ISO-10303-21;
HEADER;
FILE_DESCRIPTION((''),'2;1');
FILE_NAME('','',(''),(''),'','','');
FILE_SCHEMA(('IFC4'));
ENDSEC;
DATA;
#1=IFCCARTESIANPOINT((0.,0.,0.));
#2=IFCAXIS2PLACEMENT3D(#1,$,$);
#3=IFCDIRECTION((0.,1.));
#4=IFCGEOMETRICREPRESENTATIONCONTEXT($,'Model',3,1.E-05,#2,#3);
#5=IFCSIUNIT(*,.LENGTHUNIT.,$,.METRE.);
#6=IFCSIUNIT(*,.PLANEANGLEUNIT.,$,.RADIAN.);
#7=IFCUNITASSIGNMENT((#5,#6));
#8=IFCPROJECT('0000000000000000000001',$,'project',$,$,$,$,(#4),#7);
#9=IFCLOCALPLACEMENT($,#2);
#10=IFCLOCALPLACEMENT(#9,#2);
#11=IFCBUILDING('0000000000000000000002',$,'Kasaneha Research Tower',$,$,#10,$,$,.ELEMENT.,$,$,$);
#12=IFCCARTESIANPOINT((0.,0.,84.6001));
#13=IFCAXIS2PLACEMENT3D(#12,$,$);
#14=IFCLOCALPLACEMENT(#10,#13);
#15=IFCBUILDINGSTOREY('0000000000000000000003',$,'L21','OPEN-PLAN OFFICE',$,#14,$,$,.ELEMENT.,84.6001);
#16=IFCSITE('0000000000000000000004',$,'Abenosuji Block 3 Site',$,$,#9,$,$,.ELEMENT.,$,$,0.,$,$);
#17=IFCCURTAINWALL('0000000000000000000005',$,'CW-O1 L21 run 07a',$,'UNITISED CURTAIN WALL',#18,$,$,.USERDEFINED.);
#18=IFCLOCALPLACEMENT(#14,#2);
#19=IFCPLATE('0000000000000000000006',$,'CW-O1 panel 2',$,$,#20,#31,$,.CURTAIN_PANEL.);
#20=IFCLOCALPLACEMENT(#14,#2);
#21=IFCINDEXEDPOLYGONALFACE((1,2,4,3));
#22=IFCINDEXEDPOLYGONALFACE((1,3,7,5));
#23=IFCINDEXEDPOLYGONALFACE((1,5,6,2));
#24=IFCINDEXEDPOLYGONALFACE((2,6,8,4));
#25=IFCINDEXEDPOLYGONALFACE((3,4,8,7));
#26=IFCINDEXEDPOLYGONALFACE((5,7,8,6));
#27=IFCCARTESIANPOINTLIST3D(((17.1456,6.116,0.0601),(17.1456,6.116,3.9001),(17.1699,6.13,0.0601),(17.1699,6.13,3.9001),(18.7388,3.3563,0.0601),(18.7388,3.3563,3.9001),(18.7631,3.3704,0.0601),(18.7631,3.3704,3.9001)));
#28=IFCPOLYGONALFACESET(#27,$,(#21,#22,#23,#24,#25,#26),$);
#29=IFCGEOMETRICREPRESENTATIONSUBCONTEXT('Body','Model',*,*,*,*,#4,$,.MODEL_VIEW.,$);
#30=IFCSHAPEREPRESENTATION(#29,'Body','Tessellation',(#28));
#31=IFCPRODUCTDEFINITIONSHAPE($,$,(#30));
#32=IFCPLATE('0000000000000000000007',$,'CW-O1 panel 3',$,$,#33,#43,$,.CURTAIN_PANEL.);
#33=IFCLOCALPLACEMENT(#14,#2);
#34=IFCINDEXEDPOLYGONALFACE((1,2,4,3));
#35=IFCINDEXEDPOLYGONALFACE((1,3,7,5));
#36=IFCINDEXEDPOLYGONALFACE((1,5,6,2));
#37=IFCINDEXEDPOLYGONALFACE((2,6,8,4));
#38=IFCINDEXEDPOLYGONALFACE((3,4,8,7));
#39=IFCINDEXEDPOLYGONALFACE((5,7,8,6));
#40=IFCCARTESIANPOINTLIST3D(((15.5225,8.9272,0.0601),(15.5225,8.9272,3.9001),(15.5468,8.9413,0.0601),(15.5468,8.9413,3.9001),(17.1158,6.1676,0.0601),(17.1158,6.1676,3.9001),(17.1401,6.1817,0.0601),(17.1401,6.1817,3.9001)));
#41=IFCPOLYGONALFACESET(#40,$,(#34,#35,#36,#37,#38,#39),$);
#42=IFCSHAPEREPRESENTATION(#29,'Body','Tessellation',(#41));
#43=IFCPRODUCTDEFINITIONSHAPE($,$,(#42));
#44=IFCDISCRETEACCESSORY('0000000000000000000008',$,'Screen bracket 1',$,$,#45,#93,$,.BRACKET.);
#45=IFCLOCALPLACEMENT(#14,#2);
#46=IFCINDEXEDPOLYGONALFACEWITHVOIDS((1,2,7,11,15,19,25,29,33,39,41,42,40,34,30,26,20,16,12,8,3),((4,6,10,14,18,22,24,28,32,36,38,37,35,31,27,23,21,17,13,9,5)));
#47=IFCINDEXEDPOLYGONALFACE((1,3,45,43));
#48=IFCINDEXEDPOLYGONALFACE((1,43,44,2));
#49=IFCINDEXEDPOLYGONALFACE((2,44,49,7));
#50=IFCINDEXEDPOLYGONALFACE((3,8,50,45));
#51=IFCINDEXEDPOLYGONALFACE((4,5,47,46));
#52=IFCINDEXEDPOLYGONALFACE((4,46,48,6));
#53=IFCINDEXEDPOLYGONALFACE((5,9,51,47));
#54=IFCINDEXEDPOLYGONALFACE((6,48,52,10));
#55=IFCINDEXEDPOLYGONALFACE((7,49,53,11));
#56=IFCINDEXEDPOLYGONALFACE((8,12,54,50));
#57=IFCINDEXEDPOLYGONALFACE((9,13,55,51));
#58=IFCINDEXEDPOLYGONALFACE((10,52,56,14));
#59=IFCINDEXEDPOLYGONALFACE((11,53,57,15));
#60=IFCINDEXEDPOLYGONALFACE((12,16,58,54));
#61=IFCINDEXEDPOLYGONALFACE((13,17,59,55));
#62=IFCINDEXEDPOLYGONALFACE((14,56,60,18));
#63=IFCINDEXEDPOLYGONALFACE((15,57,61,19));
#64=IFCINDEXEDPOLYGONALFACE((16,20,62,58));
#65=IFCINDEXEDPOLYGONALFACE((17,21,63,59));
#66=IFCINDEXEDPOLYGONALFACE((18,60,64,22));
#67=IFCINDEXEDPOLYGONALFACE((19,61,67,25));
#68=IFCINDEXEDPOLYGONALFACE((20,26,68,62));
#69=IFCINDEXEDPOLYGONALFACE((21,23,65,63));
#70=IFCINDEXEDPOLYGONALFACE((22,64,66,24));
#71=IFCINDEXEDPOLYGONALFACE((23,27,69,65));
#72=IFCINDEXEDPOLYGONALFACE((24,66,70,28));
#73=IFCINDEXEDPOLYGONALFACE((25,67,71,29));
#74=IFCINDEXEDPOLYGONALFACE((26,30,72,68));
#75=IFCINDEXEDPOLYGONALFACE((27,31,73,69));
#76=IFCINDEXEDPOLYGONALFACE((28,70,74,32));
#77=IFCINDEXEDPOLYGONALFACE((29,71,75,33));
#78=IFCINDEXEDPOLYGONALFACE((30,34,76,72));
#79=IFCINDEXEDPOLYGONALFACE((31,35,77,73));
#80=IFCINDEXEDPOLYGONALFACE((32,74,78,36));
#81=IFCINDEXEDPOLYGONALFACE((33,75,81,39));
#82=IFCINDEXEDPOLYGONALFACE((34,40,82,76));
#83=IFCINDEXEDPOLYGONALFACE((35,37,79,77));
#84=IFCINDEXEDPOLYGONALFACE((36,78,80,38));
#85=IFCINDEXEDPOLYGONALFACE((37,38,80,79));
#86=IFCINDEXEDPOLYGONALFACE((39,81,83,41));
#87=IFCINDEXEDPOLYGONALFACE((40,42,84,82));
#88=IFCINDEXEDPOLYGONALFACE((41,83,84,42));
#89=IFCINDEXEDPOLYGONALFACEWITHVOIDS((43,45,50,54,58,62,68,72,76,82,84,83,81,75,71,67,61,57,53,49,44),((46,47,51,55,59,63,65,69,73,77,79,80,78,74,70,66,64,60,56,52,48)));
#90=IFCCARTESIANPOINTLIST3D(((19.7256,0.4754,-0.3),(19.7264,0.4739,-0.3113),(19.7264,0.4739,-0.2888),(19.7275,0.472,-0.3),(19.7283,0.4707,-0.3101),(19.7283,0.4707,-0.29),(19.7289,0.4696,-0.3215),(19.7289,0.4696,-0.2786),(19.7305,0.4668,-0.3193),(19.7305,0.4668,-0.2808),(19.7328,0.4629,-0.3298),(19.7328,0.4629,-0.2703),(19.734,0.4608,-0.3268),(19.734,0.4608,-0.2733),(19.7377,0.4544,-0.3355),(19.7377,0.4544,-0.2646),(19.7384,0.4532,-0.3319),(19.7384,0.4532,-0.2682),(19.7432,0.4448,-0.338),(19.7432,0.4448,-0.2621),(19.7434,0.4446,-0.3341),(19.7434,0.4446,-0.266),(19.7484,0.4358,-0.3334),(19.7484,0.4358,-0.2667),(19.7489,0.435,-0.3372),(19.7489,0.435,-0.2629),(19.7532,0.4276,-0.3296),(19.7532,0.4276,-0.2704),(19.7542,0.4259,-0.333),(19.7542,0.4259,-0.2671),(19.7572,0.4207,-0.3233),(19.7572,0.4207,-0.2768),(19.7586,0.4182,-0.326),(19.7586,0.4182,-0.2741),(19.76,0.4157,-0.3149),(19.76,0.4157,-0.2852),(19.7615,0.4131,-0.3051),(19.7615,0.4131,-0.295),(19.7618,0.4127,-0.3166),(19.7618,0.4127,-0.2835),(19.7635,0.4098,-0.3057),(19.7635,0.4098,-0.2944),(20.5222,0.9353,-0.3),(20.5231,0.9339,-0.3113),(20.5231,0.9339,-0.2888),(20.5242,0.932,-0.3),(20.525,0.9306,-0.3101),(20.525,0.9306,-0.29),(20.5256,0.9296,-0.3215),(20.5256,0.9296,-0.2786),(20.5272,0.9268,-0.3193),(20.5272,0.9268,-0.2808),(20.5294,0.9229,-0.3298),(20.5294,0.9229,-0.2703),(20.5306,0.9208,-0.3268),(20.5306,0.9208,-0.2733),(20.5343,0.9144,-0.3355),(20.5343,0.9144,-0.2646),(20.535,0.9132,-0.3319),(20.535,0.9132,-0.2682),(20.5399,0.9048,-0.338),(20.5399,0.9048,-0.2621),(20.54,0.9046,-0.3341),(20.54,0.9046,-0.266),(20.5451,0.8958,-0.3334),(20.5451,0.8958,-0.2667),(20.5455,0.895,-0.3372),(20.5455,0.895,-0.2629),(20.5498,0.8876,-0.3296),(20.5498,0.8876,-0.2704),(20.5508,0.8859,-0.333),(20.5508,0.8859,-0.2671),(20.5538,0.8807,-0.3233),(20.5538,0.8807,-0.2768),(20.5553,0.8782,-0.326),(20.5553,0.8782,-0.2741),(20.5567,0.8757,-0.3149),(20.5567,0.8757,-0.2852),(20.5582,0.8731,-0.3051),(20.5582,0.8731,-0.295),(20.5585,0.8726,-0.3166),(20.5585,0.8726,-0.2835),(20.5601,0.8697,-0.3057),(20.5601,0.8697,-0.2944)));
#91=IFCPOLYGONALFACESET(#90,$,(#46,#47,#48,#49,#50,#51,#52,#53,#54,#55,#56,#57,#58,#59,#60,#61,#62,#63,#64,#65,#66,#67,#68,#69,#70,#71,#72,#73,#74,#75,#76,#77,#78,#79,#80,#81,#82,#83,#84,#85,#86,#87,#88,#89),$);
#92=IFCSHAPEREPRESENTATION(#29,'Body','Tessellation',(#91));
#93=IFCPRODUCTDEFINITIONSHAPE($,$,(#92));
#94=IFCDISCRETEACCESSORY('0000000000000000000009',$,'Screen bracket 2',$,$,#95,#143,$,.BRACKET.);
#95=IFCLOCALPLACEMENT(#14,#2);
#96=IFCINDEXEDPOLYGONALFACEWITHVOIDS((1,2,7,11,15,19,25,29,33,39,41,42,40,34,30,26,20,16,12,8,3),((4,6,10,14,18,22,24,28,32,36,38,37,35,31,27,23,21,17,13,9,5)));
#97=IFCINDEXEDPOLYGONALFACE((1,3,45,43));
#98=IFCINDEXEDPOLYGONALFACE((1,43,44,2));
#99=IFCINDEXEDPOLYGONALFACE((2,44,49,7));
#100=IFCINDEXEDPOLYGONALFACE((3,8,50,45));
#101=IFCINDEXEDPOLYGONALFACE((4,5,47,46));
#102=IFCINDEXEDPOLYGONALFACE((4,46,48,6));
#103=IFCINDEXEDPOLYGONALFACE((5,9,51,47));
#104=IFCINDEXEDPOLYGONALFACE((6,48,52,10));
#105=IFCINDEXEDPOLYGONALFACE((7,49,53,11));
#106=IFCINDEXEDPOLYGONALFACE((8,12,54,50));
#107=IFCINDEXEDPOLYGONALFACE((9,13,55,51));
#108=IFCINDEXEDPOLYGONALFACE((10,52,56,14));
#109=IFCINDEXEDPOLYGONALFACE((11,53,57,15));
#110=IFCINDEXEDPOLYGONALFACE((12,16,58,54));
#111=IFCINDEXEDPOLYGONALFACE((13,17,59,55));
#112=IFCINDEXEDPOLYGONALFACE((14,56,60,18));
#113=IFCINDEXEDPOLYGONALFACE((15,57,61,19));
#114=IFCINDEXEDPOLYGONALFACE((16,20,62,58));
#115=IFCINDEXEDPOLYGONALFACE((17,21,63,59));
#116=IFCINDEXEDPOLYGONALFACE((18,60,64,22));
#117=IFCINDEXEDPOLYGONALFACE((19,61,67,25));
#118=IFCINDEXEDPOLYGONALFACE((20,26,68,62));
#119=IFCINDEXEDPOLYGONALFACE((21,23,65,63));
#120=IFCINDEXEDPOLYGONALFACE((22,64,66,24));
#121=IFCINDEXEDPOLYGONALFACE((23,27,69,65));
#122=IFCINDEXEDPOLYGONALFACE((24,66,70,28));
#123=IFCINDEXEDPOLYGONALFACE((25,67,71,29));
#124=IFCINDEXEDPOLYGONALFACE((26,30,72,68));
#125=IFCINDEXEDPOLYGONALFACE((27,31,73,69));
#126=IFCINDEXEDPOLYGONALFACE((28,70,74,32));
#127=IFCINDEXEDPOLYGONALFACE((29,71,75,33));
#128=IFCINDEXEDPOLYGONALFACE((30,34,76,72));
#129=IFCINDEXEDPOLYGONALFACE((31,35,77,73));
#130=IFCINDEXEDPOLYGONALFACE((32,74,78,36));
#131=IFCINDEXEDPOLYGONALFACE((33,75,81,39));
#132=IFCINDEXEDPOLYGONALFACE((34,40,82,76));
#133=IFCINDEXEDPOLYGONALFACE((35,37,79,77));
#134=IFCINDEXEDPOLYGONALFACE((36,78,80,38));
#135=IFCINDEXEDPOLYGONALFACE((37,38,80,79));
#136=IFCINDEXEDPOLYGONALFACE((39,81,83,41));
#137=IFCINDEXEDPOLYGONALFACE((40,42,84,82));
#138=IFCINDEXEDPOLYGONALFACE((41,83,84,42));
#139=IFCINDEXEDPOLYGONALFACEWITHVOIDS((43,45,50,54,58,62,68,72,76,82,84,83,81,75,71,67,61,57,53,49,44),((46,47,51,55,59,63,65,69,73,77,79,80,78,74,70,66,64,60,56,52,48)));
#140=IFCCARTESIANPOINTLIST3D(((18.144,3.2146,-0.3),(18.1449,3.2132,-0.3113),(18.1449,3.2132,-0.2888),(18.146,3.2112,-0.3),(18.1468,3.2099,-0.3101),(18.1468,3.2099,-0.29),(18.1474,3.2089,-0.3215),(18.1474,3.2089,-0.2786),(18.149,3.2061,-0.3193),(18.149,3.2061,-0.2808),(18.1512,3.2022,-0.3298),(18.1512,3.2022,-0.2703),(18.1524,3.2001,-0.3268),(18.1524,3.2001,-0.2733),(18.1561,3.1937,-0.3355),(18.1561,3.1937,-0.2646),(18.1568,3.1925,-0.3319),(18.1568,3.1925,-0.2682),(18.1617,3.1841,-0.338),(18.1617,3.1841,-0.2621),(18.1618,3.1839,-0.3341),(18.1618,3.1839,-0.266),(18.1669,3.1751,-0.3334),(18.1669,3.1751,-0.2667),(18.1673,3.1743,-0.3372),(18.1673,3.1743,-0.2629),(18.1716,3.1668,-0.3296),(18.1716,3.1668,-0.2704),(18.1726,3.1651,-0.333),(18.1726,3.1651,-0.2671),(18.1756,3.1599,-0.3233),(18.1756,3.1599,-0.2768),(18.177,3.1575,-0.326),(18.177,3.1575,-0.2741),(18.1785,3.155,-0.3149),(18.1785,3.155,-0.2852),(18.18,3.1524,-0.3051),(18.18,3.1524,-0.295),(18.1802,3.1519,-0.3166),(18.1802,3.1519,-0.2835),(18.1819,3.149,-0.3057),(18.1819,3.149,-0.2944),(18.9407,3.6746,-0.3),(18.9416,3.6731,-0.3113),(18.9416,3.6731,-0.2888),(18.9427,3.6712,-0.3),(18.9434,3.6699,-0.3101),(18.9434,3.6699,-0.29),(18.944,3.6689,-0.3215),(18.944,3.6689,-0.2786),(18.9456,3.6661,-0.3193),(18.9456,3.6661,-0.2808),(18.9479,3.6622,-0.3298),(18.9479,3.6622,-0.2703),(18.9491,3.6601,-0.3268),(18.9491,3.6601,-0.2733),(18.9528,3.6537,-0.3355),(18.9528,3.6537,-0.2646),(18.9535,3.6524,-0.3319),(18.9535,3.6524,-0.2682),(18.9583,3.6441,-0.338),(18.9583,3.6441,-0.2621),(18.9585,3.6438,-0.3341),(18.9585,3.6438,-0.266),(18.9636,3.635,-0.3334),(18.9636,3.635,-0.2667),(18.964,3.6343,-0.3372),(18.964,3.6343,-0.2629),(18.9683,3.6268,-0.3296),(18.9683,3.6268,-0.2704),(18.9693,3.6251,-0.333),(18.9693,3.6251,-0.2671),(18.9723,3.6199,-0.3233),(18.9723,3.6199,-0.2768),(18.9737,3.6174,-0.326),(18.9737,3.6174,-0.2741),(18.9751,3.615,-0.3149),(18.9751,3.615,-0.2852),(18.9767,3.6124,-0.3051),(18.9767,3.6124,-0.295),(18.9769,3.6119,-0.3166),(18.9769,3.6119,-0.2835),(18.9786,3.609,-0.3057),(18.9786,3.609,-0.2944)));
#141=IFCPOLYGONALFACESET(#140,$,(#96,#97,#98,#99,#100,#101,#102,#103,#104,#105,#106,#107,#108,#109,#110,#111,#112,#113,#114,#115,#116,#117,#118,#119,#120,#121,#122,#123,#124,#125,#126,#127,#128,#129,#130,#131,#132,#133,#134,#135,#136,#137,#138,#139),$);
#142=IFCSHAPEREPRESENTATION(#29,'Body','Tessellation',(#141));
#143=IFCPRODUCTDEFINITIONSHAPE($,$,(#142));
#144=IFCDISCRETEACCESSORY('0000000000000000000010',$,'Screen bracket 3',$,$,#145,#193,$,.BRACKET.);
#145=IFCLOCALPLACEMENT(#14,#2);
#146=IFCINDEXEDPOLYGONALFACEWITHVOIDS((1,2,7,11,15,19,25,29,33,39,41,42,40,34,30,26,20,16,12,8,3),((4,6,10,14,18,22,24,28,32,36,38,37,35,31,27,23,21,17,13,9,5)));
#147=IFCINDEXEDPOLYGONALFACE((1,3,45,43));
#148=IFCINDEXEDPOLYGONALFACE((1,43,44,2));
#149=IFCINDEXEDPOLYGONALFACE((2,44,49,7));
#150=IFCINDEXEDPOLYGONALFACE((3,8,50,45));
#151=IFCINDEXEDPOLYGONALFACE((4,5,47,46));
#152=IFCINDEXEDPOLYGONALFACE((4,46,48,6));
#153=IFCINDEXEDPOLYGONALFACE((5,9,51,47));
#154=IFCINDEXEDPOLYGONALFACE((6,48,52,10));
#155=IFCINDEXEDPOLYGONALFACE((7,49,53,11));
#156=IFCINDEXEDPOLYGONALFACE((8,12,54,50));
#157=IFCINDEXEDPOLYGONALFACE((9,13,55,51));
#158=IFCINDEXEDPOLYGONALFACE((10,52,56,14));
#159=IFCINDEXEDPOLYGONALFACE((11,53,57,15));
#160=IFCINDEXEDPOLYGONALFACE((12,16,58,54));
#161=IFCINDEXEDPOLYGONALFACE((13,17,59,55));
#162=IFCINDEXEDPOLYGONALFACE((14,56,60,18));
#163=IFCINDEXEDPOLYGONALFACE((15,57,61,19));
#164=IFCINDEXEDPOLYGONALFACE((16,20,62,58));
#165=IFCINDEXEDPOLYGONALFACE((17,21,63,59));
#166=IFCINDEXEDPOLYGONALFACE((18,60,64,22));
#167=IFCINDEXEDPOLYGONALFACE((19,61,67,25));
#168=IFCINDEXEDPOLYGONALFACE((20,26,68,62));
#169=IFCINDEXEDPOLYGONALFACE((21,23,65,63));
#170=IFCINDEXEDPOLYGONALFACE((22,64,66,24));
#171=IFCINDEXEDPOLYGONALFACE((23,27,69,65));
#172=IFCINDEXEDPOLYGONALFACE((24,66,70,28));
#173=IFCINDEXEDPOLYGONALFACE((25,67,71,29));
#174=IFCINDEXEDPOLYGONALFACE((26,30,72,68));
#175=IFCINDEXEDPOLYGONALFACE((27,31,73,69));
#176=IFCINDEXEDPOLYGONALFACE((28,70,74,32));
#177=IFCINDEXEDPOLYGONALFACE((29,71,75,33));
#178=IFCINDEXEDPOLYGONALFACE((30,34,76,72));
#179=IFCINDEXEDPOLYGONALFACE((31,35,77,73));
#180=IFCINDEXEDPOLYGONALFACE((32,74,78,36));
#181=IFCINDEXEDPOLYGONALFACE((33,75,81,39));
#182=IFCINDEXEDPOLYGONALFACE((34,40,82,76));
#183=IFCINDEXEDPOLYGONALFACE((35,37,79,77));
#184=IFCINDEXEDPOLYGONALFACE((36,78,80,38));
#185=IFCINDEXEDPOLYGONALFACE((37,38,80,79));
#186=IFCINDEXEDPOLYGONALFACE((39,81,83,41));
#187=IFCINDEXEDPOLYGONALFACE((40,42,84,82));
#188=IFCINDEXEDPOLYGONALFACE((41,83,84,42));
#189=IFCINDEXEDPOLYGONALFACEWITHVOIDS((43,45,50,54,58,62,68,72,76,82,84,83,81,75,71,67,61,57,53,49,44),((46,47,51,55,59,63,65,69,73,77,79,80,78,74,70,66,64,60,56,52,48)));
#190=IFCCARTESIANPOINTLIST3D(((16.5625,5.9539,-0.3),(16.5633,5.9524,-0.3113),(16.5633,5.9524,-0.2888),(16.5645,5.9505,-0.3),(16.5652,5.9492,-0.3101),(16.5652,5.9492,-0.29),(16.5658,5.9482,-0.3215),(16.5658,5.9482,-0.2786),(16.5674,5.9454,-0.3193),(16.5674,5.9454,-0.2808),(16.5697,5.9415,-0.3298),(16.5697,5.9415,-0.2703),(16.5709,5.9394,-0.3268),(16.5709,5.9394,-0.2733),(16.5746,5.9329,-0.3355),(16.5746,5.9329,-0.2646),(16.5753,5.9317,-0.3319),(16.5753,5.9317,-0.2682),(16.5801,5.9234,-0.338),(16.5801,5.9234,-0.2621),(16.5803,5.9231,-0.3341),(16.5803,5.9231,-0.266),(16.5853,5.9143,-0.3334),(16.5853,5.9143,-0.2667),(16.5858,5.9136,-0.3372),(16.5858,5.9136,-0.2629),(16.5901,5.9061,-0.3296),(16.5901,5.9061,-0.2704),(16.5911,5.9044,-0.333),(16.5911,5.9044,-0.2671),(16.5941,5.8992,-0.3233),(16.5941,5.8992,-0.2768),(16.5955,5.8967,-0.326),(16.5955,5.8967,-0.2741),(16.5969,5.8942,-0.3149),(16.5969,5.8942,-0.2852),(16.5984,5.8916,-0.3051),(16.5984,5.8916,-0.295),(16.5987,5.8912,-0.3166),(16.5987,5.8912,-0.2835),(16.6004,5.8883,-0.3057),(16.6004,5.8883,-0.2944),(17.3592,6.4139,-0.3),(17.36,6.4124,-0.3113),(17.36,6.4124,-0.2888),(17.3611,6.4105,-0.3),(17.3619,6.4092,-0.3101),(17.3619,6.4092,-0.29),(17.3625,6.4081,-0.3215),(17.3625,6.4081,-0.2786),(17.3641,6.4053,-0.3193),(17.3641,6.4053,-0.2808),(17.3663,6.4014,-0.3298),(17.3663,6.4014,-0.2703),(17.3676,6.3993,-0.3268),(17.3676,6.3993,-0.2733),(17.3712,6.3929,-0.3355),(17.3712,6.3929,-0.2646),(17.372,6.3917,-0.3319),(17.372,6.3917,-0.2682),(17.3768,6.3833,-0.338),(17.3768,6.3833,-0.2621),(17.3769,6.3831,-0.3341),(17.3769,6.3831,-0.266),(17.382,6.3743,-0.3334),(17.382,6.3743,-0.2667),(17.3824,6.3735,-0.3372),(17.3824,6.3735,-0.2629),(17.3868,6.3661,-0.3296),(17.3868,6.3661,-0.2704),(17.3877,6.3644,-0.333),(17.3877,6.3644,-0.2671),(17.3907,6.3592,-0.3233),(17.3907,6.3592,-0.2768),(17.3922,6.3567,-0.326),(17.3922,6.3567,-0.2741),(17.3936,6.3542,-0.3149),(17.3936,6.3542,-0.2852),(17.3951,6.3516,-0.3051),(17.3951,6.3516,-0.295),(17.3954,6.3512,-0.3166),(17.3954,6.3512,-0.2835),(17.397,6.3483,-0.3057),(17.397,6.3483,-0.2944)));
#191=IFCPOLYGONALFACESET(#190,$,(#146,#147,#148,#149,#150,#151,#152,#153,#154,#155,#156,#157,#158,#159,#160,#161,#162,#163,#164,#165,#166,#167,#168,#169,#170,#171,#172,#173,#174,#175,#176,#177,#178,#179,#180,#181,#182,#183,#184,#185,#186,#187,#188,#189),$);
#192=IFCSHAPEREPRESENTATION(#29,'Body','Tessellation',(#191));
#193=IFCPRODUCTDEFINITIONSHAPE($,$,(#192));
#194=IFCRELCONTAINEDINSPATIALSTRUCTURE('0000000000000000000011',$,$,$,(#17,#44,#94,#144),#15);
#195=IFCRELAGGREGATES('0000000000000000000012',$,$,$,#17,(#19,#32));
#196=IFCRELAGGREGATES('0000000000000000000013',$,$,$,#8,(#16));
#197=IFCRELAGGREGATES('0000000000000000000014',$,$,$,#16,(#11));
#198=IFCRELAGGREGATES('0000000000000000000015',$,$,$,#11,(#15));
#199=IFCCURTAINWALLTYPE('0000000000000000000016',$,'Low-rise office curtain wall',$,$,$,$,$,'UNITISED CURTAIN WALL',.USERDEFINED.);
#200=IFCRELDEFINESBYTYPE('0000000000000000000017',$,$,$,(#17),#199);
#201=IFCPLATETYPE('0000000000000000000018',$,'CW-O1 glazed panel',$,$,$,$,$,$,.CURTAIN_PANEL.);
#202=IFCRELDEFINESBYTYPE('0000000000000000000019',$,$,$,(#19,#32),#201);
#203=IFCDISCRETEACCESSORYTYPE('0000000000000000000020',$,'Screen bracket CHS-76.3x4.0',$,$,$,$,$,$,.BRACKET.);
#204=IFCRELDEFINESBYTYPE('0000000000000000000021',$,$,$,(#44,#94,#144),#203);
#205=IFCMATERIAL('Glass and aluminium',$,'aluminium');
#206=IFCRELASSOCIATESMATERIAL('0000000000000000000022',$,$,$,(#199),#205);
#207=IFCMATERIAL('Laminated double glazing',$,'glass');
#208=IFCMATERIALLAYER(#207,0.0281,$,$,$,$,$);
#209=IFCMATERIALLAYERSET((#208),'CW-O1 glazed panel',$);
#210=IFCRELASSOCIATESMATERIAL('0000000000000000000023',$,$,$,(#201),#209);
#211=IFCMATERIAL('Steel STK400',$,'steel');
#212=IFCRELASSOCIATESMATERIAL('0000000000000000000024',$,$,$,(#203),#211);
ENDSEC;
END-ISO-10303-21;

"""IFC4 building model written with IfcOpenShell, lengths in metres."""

from ifc_helpers import new_model, si_unit, direction, frame, origin, origin_2d, place, context, subcontext, project, spatial, rectangle, hollow_circle, extrude, material, layer, layer_set, material_profile, profile_set, type_object, element, aggregate, save


model = new_model("IFC4")

# Units and contexts
model_context = context("Model", 3, precision=1e-05, world=origin(), true_north=direction((0.0, 1.0)))
body_context = subcontext(model_context, "Body", "Model", "MODEL_VIEW")
ifc_project = project(units=[si_unit("LENGTHUNIT", "METRE"), si_unit("PLANEANGLEUNIT", "RADIAN")], contexts=[model_context])

# Site, building, storey
site_placement = place(None, origin())
site = spatial("IfcSite", under=ifc_project, at=site_placement, Name="Abenosuji Block 3 Site", CompositionType="ELEMENT", RefElevation=0.0)
building_placement = place(site_placement, origin())
building = spatial("IfcBuilding", under=site, at=building_placement, Name="Kasaneha Research Tower", CompositionType="ELEMENT")
storey_placement = place(building_placement, frame((0.0, 0.0, 84.6001)))
storey = spatial("IfcBuildingStorey", under=building, at=storey_placement, Name="L21", Description="OPEN-PLAN OFFICE", CompositionType="ELEMENT", Elevation=84.6001)

# Shared definitions
ifc_material_1 = material(Name="Glass and aluminium", Category="aluminium")
curtain_wall_type = type_object("IfcCurtainWallType", Name="Low-rise office curtain wall", ElementType="UNITISED CURTAIN WALL", PredefinedType="USERDEFINED", material=ifc_material_1)

# Curtain wall
curtain_wall_1_placement = place(storey_placement, origin())
curtain_wall_1 = element("IfcCurtainWall", 1, at=curtain_wall_1_placement, inside=storey, type_object=curtain_wall_type, Name="CW-O1 L21 run 07a", ObjectType="UNITISED CURTAIN WALL", PredefinedType="USERDEFINED")

# Plates
ifc_material_2 = material(Name="Laminated double glazing", Category="glass")
ifc_layer = layer(ifc_material_2, 0.0281)
ifc_layer_set = layer_set([ifc_layer], Name="CW-O1 glazed panel")
plate_type = type_object("IfcPlateType", Name="CW-O1 glazed panel", PredefinedType="CURTAIN_PANEL", material=ifc_layer_set)
plate_1_placement = place(storey_placement, frame((17.9543, 4.7432, 0.0601), z_axis=(0.0, 0.0, 1.0), x_axis=(-0.5, 0.866025, 0.0)))
plate_1 = element("IfcPlate", 2, at=plate_1_placement, type_object=plate_type, Name="CW-O1 panel 2", PredefinedType="CURTAIN_PANEL", context=body_context, shape_type="SweptSolid", body=[
    extrude(rectangle(XDim=3.1865, YDim=0.0281, at=origin_2d()), origin(), (0.0, 0.0, 1.0), 3.8401),
])
plate_2_placement = place(storey_placement, frame((16.3313, 7.5544, 0.0601), z_axis=(0.0, 0.0, 1.0), x_axis=(-0.5, 0.866025, 0.0)))
plate_2 = element("IfcPlate", 3, at=plate_2_placement, type_object=plate_type, Name="CW-O1 panel 3", PredefinedType="CURTAIN_PANEL", context=body_context, shape_type="SweptSolid", body=[
    extrude(rectangle(XDim=3.1865, YDim=0.0281, at=origin_2d()), origin(), (0.0, 0.0, 1.0), 3.8401),
])
aggregate(curtain_wall_1, [plate_1, plate_2])

# Discrete accessories
ifc_material_3 = material(Name="Steel STK400", Category="steel")
ifc_material_profile_1 = material_profile(ifc_material_3, hollow_circle(Radius=0.0381, WallThickness=0.0039, at=origin_2d()), Name="CHS-76.3x4.0")
ifc_profile_set_1 = profile_set([ifc_material_profile_1], Name="Steel STK400")
discrete_accessory_type = type_object("IfcDiscreteAccessoryType", Name="Screen bracket CHS-76.3x4.0", PredefinedType="BRACKET", material=ifc_profile_set_1)
for number, where, z_axis, x_axis, name in (
    (4, (19.7446, 0.4424, -0.3), (0.866013, 0.500021, 0.0), (-0.500021, 0.866013, 0.0), "Screen bracket 1"),
    (5, (18.1631, 3.1816, -0.3), (0.866013, 0.500021, 0.0), (-0.500021, 0.866013, 0.0), "Screen bracket 2"),
    (6, (16.5815, 5.9209, -0.3), (0.866013, 0.500021, 0.0), (-0.500021, 0.866013, 0.0), "Screen bracket 3"),
):
    element("IfcDiscreteAccessory", number, at=place(storey_placement, frame(where, z_axis=z_axis, x_axis=x_axis)), inside=storey, type_object=discrete_accessory_type, Name=name, PredefinedType="BRACKET", context=body_context, shape_type="SweptSolid", body=[
        extrude(hollow_circle(Radius=0.0381, WallThickness=0.0039, at=origin_2d()), origin(), (0.0, 0.0, 1.0), 0.9199),
    ])

save(model, "model.ifc")
